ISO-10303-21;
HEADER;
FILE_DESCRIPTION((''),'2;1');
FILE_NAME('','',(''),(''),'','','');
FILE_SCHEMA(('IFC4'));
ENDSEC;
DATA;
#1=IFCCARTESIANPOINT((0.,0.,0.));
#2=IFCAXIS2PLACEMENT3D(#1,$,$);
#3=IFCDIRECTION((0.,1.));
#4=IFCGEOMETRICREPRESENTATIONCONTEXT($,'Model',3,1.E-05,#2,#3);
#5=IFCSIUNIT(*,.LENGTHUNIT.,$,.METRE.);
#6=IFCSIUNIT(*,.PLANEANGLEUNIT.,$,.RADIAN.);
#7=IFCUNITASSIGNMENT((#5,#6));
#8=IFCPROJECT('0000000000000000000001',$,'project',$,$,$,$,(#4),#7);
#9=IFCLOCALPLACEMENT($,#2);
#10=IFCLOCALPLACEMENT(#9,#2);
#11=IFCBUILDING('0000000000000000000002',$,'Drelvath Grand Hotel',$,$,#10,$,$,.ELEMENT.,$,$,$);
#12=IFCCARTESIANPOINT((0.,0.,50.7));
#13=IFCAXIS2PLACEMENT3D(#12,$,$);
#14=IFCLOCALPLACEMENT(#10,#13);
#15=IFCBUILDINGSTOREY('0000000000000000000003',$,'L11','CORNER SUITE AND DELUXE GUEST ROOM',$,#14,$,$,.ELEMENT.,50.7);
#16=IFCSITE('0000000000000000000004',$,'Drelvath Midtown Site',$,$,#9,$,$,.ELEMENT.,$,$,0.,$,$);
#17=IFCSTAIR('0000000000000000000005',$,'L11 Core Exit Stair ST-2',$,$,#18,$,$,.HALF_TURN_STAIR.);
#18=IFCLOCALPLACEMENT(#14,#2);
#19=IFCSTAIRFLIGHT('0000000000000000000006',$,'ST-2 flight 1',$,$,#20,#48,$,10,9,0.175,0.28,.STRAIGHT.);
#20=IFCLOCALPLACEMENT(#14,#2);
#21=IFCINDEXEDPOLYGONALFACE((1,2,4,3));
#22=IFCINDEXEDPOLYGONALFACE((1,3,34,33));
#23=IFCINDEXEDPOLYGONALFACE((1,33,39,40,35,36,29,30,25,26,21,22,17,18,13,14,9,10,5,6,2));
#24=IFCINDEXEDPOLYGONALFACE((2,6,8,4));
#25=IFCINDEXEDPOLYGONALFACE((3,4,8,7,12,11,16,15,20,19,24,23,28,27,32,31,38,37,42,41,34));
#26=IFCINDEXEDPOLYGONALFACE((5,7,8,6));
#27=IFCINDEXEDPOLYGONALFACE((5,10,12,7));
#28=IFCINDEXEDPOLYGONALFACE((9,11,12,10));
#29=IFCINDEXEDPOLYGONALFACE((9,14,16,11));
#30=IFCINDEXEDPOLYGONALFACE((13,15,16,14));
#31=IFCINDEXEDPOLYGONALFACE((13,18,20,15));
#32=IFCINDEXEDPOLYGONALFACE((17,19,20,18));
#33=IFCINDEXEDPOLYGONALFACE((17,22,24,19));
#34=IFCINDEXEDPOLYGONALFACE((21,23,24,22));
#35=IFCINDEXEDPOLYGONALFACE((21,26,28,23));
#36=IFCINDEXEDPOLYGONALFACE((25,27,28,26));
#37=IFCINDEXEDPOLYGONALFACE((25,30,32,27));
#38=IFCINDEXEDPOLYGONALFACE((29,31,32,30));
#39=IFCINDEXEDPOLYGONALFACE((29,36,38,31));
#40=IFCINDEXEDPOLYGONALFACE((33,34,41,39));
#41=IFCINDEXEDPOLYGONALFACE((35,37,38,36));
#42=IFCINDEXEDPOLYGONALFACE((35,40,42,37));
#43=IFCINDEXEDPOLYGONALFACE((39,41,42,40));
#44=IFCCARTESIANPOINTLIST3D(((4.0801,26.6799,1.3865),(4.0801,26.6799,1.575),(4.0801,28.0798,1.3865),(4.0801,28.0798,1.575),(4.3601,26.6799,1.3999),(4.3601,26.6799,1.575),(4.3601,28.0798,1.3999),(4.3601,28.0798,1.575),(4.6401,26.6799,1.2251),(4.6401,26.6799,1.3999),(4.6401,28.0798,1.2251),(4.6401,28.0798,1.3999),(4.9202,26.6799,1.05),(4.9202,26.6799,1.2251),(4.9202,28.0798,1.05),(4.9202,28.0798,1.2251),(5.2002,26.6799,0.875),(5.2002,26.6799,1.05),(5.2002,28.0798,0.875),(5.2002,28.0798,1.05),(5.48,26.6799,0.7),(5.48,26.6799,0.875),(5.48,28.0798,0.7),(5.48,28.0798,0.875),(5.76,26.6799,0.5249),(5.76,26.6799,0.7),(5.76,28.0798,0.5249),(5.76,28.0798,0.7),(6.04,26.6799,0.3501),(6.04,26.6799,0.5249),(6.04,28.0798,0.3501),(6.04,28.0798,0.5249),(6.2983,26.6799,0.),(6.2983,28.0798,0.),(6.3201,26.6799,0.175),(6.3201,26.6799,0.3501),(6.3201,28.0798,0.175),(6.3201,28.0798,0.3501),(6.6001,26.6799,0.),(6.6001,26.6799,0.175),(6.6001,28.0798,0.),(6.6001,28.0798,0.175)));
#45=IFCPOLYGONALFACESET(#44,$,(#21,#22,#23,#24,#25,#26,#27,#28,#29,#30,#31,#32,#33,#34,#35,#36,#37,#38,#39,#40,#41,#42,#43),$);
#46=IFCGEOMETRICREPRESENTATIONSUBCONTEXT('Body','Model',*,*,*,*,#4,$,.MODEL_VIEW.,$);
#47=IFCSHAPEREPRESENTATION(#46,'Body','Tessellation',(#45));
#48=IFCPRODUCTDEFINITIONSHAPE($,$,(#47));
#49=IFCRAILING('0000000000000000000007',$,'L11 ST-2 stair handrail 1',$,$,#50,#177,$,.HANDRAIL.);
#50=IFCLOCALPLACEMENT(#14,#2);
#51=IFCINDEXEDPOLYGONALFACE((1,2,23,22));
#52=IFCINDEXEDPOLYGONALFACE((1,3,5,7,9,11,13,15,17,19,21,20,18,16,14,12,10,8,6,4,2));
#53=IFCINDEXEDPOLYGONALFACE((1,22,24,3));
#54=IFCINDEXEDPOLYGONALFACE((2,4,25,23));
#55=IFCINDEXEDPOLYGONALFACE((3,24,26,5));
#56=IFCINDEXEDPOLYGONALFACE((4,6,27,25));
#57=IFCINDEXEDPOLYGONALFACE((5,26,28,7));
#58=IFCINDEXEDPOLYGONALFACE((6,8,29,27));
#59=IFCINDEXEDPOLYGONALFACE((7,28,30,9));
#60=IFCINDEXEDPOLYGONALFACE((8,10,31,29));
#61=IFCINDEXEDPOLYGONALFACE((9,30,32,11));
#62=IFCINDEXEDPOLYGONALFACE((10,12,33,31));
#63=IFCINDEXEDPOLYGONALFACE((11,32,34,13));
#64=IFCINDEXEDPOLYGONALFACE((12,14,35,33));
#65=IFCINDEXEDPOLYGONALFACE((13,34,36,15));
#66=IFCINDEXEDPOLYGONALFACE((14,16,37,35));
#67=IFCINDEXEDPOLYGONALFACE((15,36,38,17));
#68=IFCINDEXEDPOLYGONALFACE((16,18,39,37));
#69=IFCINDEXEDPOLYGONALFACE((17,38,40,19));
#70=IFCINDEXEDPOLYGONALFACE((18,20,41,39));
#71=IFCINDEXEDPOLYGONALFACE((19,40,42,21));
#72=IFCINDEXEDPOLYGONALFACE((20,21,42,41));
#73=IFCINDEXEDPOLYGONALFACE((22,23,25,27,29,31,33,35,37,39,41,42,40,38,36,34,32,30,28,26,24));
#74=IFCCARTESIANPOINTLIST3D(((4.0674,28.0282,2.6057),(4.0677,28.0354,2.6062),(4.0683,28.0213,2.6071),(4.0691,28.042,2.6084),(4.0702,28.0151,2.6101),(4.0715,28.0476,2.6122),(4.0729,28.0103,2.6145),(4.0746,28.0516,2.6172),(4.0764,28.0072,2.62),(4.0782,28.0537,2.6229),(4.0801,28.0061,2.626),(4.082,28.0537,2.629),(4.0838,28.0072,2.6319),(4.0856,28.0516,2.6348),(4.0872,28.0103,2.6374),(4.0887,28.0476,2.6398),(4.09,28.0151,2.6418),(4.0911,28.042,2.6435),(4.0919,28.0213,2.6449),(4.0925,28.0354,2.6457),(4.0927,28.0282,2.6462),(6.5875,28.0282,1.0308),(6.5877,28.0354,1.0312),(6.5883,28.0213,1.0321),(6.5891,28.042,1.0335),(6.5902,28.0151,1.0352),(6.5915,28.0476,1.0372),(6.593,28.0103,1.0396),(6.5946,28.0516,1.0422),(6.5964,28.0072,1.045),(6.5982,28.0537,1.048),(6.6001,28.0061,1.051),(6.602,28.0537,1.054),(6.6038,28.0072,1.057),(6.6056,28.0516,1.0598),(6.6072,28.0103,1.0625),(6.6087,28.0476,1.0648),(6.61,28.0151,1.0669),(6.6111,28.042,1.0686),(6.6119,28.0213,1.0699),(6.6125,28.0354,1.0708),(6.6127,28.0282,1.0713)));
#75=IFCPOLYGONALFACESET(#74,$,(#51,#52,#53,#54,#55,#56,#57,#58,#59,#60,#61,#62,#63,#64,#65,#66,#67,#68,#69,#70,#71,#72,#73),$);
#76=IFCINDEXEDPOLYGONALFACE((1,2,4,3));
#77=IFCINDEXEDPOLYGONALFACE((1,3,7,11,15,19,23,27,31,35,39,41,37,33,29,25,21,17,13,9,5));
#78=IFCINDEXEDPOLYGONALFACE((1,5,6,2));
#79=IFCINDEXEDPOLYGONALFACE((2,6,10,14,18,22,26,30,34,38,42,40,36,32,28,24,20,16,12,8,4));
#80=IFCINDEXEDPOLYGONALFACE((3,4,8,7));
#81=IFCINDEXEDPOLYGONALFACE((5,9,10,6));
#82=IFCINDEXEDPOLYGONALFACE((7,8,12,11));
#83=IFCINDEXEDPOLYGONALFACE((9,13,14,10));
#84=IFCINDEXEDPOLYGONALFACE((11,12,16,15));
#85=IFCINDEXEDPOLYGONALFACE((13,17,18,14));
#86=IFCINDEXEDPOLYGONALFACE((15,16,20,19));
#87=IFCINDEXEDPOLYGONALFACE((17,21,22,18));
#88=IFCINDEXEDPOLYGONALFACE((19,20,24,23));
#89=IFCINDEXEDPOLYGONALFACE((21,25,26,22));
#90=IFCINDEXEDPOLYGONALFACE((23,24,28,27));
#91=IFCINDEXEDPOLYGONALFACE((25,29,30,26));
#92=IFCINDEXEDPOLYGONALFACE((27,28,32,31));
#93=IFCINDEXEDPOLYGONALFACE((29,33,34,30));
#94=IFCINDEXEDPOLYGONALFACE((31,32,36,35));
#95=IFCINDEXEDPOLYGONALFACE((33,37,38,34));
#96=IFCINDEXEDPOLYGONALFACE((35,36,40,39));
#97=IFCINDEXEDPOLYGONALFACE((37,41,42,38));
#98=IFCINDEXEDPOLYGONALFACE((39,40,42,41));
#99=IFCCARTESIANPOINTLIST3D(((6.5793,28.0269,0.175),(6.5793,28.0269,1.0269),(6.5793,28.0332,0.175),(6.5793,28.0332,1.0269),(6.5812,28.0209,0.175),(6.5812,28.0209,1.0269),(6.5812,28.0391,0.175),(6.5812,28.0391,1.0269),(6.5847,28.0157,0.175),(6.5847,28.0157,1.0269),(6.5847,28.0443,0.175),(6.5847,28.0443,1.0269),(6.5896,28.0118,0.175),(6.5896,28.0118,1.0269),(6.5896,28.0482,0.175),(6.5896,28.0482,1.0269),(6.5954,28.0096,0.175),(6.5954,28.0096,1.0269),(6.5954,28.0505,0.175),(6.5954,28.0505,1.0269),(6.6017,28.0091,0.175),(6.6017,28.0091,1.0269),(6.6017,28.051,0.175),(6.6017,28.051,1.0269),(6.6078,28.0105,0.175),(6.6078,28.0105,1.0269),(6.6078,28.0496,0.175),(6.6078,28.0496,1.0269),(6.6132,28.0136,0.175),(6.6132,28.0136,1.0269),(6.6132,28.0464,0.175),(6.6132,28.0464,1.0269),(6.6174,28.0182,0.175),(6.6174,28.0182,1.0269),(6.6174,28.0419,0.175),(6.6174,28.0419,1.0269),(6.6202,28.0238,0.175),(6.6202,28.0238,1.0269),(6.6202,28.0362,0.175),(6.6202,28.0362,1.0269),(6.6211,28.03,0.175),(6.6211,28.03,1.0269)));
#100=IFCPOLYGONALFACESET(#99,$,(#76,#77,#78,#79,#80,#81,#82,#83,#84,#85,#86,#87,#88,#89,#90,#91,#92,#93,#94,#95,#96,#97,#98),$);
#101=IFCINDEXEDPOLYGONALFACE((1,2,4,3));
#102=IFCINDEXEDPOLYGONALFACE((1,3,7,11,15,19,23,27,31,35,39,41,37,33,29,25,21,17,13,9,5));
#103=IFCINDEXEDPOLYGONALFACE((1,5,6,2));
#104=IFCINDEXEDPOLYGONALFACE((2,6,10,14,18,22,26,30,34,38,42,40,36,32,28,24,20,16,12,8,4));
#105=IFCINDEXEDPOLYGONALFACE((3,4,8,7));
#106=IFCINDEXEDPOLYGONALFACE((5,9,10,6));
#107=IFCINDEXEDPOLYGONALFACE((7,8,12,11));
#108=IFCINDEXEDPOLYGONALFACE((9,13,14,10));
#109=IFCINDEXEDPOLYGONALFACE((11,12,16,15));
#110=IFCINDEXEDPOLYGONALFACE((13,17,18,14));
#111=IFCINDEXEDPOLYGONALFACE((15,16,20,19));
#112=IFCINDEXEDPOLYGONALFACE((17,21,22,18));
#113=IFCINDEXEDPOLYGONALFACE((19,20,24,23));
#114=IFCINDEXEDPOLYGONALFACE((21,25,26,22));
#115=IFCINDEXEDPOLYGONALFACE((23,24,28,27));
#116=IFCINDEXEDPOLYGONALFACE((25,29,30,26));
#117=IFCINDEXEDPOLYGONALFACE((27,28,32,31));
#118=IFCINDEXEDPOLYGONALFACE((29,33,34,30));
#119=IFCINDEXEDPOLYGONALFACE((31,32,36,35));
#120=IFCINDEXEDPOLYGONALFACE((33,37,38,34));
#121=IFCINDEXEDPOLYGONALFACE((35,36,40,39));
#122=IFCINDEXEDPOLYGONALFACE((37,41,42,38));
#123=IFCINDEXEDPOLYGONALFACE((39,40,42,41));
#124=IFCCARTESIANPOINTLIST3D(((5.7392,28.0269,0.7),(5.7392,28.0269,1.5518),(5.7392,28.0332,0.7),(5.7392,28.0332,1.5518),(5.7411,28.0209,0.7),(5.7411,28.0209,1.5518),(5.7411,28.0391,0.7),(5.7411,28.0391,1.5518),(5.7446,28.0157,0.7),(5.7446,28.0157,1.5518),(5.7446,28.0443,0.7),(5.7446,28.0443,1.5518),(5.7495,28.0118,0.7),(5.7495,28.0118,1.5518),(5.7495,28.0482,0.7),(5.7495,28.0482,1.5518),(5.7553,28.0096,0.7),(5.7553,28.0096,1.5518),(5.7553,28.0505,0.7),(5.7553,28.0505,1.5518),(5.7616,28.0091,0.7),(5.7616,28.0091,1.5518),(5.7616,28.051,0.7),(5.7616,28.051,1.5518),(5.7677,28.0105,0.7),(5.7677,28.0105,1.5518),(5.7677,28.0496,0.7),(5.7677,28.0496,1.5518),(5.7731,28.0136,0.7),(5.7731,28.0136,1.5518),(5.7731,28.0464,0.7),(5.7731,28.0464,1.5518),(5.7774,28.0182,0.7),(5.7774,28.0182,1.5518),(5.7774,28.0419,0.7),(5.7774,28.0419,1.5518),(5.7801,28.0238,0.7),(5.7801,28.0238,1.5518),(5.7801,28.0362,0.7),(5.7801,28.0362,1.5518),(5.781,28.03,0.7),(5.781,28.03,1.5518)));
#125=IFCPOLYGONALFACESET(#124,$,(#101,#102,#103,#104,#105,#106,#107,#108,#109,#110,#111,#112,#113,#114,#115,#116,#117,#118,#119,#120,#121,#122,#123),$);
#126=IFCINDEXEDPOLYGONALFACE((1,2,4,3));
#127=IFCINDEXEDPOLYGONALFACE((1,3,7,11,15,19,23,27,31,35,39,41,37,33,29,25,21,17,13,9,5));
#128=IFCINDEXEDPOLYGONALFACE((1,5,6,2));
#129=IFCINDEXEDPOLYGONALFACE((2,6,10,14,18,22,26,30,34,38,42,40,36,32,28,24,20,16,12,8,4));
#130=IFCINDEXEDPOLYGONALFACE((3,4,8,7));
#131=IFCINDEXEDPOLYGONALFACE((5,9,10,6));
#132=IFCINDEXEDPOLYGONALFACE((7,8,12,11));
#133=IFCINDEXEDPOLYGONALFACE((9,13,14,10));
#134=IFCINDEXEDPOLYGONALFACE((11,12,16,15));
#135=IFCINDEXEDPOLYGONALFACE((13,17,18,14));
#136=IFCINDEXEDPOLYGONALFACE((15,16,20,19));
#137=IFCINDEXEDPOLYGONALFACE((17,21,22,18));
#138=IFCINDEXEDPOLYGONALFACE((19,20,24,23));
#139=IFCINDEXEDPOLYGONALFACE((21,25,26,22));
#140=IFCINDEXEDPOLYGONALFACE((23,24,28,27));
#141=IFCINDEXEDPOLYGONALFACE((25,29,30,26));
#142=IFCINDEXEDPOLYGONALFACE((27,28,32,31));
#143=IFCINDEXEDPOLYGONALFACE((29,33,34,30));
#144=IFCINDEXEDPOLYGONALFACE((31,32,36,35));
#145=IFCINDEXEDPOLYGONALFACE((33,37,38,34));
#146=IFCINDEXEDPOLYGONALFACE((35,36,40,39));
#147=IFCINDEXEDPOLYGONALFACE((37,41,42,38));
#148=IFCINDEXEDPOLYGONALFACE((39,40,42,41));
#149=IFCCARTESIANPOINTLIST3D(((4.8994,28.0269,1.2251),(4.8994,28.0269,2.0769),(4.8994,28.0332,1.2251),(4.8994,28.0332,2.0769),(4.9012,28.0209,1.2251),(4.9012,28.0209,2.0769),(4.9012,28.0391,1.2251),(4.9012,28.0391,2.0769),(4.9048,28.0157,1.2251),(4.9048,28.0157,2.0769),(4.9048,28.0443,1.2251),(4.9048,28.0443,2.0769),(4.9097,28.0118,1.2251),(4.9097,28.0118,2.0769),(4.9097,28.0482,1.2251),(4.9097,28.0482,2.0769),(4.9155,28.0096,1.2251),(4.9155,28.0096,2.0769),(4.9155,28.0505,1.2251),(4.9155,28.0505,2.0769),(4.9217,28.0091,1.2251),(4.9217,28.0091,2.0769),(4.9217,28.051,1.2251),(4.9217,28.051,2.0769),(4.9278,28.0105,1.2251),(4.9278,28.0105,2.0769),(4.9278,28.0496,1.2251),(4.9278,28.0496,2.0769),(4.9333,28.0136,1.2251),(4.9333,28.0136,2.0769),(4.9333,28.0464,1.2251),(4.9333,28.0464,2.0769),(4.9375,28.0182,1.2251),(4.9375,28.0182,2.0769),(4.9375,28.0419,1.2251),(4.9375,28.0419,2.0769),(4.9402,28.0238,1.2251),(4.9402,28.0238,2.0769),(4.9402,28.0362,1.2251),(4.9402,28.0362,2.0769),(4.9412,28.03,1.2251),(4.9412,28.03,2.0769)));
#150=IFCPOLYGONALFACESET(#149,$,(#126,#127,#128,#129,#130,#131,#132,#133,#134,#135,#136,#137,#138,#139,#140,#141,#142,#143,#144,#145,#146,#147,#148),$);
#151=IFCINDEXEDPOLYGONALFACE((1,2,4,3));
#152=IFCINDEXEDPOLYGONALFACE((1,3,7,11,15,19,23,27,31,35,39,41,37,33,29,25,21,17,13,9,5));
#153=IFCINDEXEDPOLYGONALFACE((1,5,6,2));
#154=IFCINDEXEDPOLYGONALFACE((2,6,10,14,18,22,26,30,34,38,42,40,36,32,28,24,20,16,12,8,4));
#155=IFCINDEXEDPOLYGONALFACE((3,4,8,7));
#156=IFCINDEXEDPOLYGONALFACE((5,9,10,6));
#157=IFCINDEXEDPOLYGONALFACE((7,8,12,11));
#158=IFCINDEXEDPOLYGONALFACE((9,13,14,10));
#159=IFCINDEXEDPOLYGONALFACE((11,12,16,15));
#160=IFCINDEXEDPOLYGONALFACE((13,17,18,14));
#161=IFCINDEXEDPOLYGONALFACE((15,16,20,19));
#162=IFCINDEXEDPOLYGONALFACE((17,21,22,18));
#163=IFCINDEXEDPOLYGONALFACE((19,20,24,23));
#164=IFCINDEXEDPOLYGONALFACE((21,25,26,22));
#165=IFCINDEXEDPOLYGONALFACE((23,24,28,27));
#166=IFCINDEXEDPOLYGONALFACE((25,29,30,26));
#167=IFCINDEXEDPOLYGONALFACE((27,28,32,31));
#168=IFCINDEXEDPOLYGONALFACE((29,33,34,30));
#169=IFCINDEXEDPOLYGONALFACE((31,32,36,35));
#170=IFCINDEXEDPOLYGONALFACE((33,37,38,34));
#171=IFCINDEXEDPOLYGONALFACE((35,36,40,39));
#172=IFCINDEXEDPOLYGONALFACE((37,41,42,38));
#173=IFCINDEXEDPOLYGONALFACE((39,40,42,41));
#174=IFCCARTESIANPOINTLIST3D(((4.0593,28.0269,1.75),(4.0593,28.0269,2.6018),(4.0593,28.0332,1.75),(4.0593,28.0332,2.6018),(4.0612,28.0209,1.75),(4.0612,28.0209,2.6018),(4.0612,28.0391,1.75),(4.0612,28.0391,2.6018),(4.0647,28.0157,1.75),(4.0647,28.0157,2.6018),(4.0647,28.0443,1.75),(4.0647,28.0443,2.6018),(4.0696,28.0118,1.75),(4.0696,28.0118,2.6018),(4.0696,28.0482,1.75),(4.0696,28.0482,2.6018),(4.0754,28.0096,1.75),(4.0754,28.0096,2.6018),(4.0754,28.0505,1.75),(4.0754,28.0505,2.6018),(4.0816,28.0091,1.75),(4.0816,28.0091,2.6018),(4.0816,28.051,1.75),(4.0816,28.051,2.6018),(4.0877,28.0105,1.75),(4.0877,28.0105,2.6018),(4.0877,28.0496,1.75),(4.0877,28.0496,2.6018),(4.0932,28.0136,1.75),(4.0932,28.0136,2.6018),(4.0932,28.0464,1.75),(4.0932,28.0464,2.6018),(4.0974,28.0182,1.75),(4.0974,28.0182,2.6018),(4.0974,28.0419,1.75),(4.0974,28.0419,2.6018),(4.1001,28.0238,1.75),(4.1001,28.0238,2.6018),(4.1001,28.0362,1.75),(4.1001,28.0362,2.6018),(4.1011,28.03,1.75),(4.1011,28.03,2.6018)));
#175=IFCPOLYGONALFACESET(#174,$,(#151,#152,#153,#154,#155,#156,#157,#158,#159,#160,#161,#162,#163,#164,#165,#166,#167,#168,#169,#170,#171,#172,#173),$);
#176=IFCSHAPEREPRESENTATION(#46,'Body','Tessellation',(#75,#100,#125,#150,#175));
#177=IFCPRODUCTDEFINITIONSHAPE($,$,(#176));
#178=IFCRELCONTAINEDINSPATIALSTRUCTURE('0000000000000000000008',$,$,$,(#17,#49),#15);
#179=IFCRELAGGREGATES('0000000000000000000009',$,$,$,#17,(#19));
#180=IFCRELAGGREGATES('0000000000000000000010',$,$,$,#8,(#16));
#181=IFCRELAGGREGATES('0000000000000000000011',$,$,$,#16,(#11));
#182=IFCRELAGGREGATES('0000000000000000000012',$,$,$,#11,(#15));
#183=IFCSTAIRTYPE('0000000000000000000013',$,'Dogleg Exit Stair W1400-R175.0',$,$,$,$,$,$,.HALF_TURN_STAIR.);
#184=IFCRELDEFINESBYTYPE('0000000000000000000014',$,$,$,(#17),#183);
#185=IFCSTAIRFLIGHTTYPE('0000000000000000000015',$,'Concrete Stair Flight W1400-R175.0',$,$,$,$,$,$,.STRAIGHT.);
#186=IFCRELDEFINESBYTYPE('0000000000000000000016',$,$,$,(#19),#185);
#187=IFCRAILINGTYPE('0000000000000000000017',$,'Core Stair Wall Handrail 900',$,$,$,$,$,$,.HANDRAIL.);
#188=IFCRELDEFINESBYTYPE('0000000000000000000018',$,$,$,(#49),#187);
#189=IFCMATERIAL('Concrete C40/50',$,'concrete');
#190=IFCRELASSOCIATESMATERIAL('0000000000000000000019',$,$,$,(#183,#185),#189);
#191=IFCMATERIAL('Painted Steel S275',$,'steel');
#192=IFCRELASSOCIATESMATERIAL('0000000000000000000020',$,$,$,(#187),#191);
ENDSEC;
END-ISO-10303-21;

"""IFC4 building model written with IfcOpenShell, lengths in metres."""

from ifc_helpers import new_model, si_unit, direction, frame, origin, origin_2d, place, context, subcontext, project, spatial, polyline, circle, outline, extrude, material, type_object, element, aggregate, save


model = new_model("IFC4")

# Units and contexts
model_context = context("Model", 3, precision=1e-05, world=origin(), true_north=direction((0.0, 1.0)))
body_context = subcontext(model_context, "Body", "Model", "MODEL_VIEW")
ifc_project = project(units=[si_unit("LENGTHUNIT", "METRE"), si_unit("PLANEANGLEUNIT", "RADIAN")], contexts=[model_context])

# Site, building, storey
site_placement = place(None, origin())
site = spatial("IfcSite", under=ifc_project, at=site_placement, Name="Drelvath Midtown Site", CompositionType="ELEMENT", RefElevation=0.0)
building_placement = place(site_placement, origin())
building = spatial("IfcBuilding", under=site, at=building_placement, Name="Drelvath Grand Hotel", CompositionType="ELEMENT")
storey_placement = place(building_placement, frame((0.0, 0.0, 50.7)))
storey = spatial("IfcBuildingStorey", under=building, at=storey_placement, Name="L11", Description="CORNER SUITE AND DELUXE GUEST ROOM", CompositionType="ELEMENT", Elevation=50.7)

# Shared definitions
ifc_material_1 = material(Name="Concrete C40/50", Category="concrete")

# Shared definitions
ifc_material_2 = material(Name="Painted Steel S275", Category="steel")

# Stair, stair flight
stair_type = type_object("IfcStairType", Name="Dogleg Exit Stair W1400-R175.0", PredefinedType="HALF_TURN_STAIR", material=ifc_material_1)
stair_placement = place(storey_placement, origin())
stair = element("IfcStair", 1, at=stair_placement, inside=storey, type_object=stair_type, Name="L11 Core Exit Stair ST-2", PredefinedType="HALF_TURN_STAIR")
stair_flight_type = type_object("IfcStairFlightType", Name="Concrete Stair Flight W1400-R175.0", PredefinedType="STRAIGHT", material=ifc_material_1)
stair_flight_placement = place(storey_placement, frame((6.6001, 27.3799, 0.0), z_axis=(0.0, 0.0, 1.0), x_axis=(-1.0, 0.0, 0.0)))
stair_flight = element("IfcStairFlight", 2, at=stair_flight_placement, type_object=stair_flight_type, Name="ST-2 flight 1", NumberOfRisers=10, NumberOfTreads=9, PredefinedType="STRAIGHT", RiserHeight=0.175, TreadLength=0.28, context=body_context, shape_type="SweptSolid", body=[
    extrude(outline(polyline([(0.0, 0.0), (0.0, 0.175), (0.28, 0.175), (0.28, 0.3501), (0.5601, 0.3501), (0.5601, 0.5249), (0.8401, 0.5249), (0.8401, 0.7), (1.1201, 0.7), (1.1201, 0.875), (1.3999, 0.875), (1.3999, 1.05), (1.6799, 1.05), (1.6799, 1.2251), (1.96, 1.2251), (1.96, 1.3999), (2.24, 1.3999), (2.24, 1.575), (2.52, 1.575), (2.52, 1.75), (2.52, 1.3865), (0.3018, 0.0), (0.0, 0.0)])), frame((0.0, 0.7, 0.0), z_axis=(0.0, -1.0, 0.0), x_axis=(1.0, 0.0, 0.0)), (0.0, 0.0, 1.0), 1.3999),
])
aggregate(stair, [stair_flight])

# Railing
railing_type = type_object("IfcRailingType", Name="Core Stair Wall Handrail 900", PredefinedType="HANDRAIL", material=ifc_material_2)
railing_placement = place(storey_placement, frame((6.6001, 28.03, 0.175)))
element("IfcRailing", 3, at=railing_placement, inside=storey, type_object=railing_type, Name="L11 ST-2 stair handrail 1", PredefinedType="HANDRAIL", context=body_context, shape_type="SweptSolid", body=[
    extrude(circle(Radius=0.0239, at=origin_2d()), frame((0.0, 0.0, 0.876), z_axis=(-0.848008, 0.0, 0.529984), x_axis=(0.0, -1.0, 0.0)), (0.0, 0.0, 1.0), 2.9717),
    extrude(circle(Radius=0.021, at=origin_2d()), origin(), (0.0, 0.0, 1.0), 0.8518),
    extrude(circle(Radius=0.021, at=origin_2d()), frame((-0.8401, 0.0, 0.5249)), (0.0, 0.0, 1.0), 0.8518),
    extrude(circle(Radius=0.021, at=origin_2d()), frame((-1.6799, 0.0, 1.05)), (0.0, 0.0, 1.0), 0.8518),
    extrude(circle(Radius=0.021, at=origin_2d()), frame((-2.52, 0.0, 1.575)), (0.0, 0.0, 1.0), 0.8518),
])

save(model, "model.ifc")
